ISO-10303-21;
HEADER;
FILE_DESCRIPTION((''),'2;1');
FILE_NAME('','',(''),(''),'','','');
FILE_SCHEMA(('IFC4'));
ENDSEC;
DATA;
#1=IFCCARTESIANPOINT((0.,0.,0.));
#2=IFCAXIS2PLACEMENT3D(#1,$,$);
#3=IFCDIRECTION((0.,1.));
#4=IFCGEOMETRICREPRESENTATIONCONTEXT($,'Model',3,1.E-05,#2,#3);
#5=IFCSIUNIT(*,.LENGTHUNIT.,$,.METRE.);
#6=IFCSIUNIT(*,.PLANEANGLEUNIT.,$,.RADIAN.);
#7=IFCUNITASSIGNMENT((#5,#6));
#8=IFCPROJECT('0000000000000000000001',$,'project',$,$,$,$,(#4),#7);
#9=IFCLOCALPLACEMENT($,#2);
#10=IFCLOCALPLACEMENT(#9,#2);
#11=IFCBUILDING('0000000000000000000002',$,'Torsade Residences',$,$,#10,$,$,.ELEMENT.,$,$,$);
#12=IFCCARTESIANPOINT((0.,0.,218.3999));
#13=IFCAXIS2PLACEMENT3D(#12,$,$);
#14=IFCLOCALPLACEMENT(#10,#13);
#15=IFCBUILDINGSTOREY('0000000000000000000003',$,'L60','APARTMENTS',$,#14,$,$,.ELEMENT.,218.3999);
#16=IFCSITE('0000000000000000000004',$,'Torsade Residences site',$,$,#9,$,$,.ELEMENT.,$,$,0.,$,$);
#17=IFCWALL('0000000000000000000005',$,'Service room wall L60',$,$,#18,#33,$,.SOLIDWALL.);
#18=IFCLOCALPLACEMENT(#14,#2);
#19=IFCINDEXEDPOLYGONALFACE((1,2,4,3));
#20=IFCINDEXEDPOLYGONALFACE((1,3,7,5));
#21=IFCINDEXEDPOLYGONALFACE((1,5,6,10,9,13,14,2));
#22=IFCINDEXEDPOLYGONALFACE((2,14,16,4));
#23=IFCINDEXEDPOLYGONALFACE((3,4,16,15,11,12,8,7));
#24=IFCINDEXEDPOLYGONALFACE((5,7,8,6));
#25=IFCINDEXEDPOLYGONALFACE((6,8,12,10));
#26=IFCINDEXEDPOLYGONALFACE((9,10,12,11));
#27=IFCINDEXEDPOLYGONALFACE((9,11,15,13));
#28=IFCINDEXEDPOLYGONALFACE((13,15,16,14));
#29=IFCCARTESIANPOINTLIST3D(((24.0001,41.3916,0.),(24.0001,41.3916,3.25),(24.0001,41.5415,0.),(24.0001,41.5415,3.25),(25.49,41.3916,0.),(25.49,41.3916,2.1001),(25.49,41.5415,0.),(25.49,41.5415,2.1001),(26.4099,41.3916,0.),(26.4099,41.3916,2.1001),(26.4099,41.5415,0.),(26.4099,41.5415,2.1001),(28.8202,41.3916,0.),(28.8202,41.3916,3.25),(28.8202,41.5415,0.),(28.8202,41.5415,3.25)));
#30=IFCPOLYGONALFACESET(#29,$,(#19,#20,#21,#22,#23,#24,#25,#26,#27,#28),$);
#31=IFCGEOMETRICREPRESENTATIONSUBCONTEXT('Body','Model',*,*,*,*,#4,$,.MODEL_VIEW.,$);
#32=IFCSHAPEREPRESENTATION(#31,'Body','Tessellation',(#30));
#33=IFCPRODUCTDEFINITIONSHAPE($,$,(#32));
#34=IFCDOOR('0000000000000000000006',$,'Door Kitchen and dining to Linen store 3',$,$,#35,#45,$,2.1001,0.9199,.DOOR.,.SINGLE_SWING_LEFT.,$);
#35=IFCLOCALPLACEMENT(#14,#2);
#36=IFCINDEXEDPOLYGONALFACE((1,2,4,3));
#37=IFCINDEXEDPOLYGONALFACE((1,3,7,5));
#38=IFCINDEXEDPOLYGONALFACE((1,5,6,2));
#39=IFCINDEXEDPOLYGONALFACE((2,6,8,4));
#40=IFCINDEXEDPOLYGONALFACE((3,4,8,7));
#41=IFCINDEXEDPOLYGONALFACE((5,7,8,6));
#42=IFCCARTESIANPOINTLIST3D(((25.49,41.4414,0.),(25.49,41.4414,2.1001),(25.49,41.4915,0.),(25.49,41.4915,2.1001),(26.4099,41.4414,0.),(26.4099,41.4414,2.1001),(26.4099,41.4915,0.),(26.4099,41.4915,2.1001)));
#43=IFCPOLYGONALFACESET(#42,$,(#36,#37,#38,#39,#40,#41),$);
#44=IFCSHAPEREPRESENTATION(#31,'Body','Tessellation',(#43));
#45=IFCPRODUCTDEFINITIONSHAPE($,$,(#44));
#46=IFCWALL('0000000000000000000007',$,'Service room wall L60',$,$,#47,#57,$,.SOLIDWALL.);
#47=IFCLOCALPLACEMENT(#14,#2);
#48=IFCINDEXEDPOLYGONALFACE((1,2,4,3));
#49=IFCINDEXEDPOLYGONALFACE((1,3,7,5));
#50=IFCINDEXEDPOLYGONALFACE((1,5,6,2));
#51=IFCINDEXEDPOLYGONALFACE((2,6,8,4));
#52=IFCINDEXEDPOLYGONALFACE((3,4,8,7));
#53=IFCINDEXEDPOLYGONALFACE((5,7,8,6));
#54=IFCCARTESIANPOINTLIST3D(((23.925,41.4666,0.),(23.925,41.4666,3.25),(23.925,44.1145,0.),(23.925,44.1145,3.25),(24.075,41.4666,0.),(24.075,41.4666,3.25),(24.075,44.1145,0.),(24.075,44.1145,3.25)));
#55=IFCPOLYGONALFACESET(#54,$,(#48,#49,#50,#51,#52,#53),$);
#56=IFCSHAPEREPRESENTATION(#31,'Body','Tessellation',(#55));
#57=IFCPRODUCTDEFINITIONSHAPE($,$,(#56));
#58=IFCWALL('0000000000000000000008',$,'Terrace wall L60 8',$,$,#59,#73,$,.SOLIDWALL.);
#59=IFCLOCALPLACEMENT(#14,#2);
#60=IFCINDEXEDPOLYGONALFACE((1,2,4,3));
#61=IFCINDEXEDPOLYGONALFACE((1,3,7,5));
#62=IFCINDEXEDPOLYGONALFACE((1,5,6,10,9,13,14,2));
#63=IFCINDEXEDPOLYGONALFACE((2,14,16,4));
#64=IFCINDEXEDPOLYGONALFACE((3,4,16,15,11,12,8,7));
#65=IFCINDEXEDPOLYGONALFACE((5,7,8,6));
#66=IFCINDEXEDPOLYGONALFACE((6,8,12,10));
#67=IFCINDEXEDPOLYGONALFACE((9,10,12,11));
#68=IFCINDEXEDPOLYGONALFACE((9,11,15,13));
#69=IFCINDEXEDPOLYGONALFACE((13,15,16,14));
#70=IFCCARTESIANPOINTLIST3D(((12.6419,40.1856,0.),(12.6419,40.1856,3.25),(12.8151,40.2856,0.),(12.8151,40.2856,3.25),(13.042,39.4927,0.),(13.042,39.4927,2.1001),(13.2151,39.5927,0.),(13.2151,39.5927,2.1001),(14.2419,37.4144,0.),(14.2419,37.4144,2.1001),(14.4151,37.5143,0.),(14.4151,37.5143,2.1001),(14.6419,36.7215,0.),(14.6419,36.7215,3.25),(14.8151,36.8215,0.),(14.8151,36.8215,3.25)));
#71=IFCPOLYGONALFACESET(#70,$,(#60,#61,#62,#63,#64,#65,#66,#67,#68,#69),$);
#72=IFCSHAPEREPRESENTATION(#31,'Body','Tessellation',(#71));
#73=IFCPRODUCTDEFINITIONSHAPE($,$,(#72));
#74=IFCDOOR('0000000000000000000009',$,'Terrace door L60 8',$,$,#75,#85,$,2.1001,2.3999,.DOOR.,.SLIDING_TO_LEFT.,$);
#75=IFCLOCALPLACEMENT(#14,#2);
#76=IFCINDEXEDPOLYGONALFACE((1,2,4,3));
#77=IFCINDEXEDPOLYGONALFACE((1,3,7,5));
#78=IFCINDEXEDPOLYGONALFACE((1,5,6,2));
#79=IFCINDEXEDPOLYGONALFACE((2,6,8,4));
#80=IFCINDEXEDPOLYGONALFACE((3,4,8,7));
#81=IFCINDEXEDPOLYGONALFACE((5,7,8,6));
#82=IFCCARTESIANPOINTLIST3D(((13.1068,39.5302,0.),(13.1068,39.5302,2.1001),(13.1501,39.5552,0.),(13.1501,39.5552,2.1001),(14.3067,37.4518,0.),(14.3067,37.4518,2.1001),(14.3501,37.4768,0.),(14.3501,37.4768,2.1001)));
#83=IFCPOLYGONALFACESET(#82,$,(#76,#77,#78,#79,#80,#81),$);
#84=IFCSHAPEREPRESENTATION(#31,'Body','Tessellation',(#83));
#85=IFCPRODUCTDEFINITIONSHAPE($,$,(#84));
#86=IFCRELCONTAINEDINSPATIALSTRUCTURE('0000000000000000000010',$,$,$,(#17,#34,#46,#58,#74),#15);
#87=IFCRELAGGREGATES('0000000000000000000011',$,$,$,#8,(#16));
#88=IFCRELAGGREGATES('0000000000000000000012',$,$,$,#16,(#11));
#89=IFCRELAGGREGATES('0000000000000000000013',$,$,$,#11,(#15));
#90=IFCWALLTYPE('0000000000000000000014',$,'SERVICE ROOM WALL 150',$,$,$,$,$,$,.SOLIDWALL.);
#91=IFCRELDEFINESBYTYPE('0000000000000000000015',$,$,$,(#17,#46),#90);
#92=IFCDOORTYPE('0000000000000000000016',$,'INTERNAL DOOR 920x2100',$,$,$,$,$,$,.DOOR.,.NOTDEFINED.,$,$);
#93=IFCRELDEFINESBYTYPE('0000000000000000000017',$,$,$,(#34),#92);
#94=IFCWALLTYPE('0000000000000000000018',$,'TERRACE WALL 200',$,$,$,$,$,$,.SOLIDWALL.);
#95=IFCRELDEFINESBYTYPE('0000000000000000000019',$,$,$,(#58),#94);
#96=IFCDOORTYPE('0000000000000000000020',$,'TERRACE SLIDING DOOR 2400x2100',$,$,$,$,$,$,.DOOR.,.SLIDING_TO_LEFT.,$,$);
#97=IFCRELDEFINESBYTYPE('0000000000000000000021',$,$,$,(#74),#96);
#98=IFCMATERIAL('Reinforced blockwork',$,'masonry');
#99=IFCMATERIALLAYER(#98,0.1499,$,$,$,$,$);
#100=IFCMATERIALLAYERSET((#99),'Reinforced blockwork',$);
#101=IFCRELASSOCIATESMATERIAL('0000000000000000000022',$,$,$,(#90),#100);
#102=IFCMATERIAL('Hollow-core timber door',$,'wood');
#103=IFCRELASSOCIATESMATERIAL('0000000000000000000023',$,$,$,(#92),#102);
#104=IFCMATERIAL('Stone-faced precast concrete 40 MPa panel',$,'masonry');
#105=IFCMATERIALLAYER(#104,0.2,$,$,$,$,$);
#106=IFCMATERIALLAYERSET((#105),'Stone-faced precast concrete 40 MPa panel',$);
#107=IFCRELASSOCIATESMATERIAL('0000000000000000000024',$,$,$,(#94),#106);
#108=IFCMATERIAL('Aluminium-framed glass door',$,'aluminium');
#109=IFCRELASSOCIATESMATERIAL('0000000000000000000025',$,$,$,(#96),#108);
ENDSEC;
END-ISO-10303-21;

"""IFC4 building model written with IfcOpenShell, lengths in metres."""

from ifc_helpers import new_model, si_unit, direction, frame, frame_2d, origin, place, context, subcontext, project, spatial, rectangle, extrude, material, layer, layer_set, type_object, element, fill, save


model = new_model("IFC4")

# Units and contexts
model_context = context("Model", 3, precision=1e-05, world=origin(), true_north=direction((0.0, 1.0)))
body_context = subcontext(model_context, "Body", "Model", "MODEL_VIEW")
ifc_project = project(units=[si_unit("LENGTHUNIT", "METRE"), si_unit("PLANEANGLEUNIT", "RADIAN")], contexts=[model_context])

# Site, building, storey
site_placement = place(None, origin())
site = spatial("IfcSite", under=ifc_project, at=site_placement, Name="Torsade Residences site", CompositionType="ELEMENT", RefElevation=0.0)
building_placement = place(site_placement, origin())
building = spatial("IfcBuilding", under=site, at=building_placement, Name="Torsade Residences", CompositionType="ELEMENT")
storey_placement = place(building_placement, frame((0.0, 0.0, 218.3999)))
storey = spatial("IfcBuildingStorey", under=building, at=storey_placement, Name="L60", Description="APARTMENTS", CompositionType="ELEMENT", Elevation=218.3999)

# Wall, opening, door
ifc_material_1 = material(Name="Reinforced blockwork", Category="masonry")
ifc_layer_1 = layer(ifc_material_1, 0.1499)
ifc_layer_set_1 = layer_set([ifc_layer_1], Name="Reinforced blockwork")
wall_type_1 = type_object("IfcWallType", Name="SERVICE ROOM WALL 150", PredefinedType="SOLIDWALL", material=ifc_layer_set_1)
wall_1_placement = place(storey_placement, frame((24.0, 41.4666, 0.0), z_axis=(0.0, 0.0, 1.0), x_axis=(1.0, 0.0, 0.0)))
wall_1 = element("IfcWall", 1, at=wall_1_placement, inside=storey, type_object=wall_type_1, Name="Service room wall L60", PredefinedType="SOLIDWALL", context=body_context, shape_type="SweptSolid", body=[
    extrude(rectangle(XDim=4.8201, YDim=0.1499, at=frame_2d((2.4102, 0.0))), origin(), (0.0, 0.0, 1.0), 3.25),
])
opening_1_placement = place(wall_1_placement, frame((1.49, 0.0, 0.0)))
opening_1 = element("IfcOpeningElement", 2, at=opening_1_placement, cuts=wall_1, PredefinedType="OPENING", context=body_context, shape_type="SweptSolid", body=[
    extrude(rectangle(XDim=0.9199, YDim=2.1001, at=frame_2d((0.46, 1.05))), frame((0.0, 0.085, 0.0), z_axis=(0.0, -1.0, 0.0), x_axis=(1.0, 0.0, 0.0)), (0.0, 0.0, 1.0), 0.1699),
])
ifc_material_2 = material(Name="Hollow-core timber door", Category="wood")
door_type_1 = type_object("IfcDoorType", Name="INTERNAL DOOR 920x2100", OperationType="NOTDEFINED", PredefinedType="DOOR", material=ifc_material_2)
door_1_placement = place(opening_1_placement, origin())
door_1 = element("IfcDoor", 3, at=door_1_placement, inside=storey, type_object=door_type_1, Name="Door Kitchen and dining to Linen store 3", OperationType="SINGLE_SWING_LEFT", OverallHeight=2.1001, OverallWidth=0.9199, PredefinedType="DOOR", context=body_context, shape_type="SweptSolid", body=[
    extrude(rectangle(XDim=0.9199, YDim=2.1001, at=frame_2d((0.46, 1.05))), frame((0.0, 0.0249, 0.0), z_axis=(0.0, -1.0, 0.0), x_axis=(1.0, 0.0, 0.0)), (0.0, 0.0, 1.0), 0.05),
])
fill(opening_1, door_1)

# Wall
wall_2_placement = place(storey_placement, frame((24.0, 44.1145, 0.0), z_axis=(0.0, 0.0, 1.0), x_axis=(0.0, -1.0, 0.0)))
element("IfcWall", 4, at=wall_2_placement, inside=storey, type_object=wall_type_1, Name="Service room wall L60", PredefinedType="SOLIDWALL", context=body_context, shape_type="SweptSolid", body=[
    extrude(rectangle(XDim=2.6479, YDim=0.1499, at=frame_2d((1.324, 0.0))), origin(), (0.0, 0.0, 1.0), 3.25),
])

# Wall, opening, door
ifc_material_3 = material(Name="Stone-faced precast concrete 40 MPa panel", Category="masonry")
ifc_layer_2 = layer(ifc_material_3, 0.2)
ifc_layer_set_2 = layer_set([ifc_layer_2], Name="Stone-faced precast concrete 40 MPa panel")
wall_type_2 = type_object("IfcWallType", Name="TERRACE WALL 200", PredefinedType="SOLIDWALL", material=ifc_layer_set_2)
wall_3_placement = place(storey_placement, frame((12.7285, 40.2356, 0.0), z_axis=(0.0, 0.0, 1.0), x_axis=(0.499999, -0.866026, 0.0)))
wall_3 = element("IfcWall", 5, at=wall_3_placement, inside=storey, type_object=wall_type_2, Name="Terrace wall L60 8", PredefinedType="SOLIDWALL", context=body_context, shape_type="SweptSolid", body=[
    extrude(rectangle(XDim=4.0, YDim=0.2, at=frame_2d((2.0, 0.0))), origin(), (0.0, 0.0, 1.0), 3.25),
])
opening_2_placement = place(wall_3_placement, frame((0.8, 0.0, 0.0)))
opening_2 = element("IfcOpeningElement", 6, at=opening_2_placement, cuts=wall_3, PredefinedType="OPENING", context=body_context, shape_type="SweptSolid", body=[
    extrude(rectangle(XDim=2.3999, YDim=2.1001, at=frame_2d((1.2, 1.05))), frame((0.0, 0.1099, 0.0), z_axis=(0.0, -1.0, 0.0), x_axis=(1.0, 0.0, 0.0)), (0.0, 0.0, 1.0), 0.22),
])
ifc_material_4 = material(Name="Aluminium-framed glass door", Category="aluminium")
door_type_2 = type_object("IfcDoorType", Name="TERRACE SLIDING DOOR 2400x2100", OperationType="SLIDING_TO_LEFT", PredefinedType="DOOR", material=ifc_material_4)
door_2_placement = place(opening_2_placement, origin())
door_2 = element("IfcDoor", 7, at=door_2_placement, inside=storey, type_object=door_type_2, Name="Terrace door L60 8", OperationType="SLIDING_TO_LEFT", OverallHeight=2.1001, OverallWidth=2.3999, PredefinedType="DOOR", context=body_context, shape_type="SweptSolid", body=[
    extrude(rectangle(XDim=2.3999, YDim=2.1001, at=frame_2d((1.2, 1.05))), frame((0.0, 0.0249, 0.0), z_axis=(0.0, -1.0, 0.0), x_axis=(1.0, 0.0, 0.0)), (0.0, 0.0, 1.0), 0.05),
])
fill(opening_2, door_2)

save(model, "model.ifc")
